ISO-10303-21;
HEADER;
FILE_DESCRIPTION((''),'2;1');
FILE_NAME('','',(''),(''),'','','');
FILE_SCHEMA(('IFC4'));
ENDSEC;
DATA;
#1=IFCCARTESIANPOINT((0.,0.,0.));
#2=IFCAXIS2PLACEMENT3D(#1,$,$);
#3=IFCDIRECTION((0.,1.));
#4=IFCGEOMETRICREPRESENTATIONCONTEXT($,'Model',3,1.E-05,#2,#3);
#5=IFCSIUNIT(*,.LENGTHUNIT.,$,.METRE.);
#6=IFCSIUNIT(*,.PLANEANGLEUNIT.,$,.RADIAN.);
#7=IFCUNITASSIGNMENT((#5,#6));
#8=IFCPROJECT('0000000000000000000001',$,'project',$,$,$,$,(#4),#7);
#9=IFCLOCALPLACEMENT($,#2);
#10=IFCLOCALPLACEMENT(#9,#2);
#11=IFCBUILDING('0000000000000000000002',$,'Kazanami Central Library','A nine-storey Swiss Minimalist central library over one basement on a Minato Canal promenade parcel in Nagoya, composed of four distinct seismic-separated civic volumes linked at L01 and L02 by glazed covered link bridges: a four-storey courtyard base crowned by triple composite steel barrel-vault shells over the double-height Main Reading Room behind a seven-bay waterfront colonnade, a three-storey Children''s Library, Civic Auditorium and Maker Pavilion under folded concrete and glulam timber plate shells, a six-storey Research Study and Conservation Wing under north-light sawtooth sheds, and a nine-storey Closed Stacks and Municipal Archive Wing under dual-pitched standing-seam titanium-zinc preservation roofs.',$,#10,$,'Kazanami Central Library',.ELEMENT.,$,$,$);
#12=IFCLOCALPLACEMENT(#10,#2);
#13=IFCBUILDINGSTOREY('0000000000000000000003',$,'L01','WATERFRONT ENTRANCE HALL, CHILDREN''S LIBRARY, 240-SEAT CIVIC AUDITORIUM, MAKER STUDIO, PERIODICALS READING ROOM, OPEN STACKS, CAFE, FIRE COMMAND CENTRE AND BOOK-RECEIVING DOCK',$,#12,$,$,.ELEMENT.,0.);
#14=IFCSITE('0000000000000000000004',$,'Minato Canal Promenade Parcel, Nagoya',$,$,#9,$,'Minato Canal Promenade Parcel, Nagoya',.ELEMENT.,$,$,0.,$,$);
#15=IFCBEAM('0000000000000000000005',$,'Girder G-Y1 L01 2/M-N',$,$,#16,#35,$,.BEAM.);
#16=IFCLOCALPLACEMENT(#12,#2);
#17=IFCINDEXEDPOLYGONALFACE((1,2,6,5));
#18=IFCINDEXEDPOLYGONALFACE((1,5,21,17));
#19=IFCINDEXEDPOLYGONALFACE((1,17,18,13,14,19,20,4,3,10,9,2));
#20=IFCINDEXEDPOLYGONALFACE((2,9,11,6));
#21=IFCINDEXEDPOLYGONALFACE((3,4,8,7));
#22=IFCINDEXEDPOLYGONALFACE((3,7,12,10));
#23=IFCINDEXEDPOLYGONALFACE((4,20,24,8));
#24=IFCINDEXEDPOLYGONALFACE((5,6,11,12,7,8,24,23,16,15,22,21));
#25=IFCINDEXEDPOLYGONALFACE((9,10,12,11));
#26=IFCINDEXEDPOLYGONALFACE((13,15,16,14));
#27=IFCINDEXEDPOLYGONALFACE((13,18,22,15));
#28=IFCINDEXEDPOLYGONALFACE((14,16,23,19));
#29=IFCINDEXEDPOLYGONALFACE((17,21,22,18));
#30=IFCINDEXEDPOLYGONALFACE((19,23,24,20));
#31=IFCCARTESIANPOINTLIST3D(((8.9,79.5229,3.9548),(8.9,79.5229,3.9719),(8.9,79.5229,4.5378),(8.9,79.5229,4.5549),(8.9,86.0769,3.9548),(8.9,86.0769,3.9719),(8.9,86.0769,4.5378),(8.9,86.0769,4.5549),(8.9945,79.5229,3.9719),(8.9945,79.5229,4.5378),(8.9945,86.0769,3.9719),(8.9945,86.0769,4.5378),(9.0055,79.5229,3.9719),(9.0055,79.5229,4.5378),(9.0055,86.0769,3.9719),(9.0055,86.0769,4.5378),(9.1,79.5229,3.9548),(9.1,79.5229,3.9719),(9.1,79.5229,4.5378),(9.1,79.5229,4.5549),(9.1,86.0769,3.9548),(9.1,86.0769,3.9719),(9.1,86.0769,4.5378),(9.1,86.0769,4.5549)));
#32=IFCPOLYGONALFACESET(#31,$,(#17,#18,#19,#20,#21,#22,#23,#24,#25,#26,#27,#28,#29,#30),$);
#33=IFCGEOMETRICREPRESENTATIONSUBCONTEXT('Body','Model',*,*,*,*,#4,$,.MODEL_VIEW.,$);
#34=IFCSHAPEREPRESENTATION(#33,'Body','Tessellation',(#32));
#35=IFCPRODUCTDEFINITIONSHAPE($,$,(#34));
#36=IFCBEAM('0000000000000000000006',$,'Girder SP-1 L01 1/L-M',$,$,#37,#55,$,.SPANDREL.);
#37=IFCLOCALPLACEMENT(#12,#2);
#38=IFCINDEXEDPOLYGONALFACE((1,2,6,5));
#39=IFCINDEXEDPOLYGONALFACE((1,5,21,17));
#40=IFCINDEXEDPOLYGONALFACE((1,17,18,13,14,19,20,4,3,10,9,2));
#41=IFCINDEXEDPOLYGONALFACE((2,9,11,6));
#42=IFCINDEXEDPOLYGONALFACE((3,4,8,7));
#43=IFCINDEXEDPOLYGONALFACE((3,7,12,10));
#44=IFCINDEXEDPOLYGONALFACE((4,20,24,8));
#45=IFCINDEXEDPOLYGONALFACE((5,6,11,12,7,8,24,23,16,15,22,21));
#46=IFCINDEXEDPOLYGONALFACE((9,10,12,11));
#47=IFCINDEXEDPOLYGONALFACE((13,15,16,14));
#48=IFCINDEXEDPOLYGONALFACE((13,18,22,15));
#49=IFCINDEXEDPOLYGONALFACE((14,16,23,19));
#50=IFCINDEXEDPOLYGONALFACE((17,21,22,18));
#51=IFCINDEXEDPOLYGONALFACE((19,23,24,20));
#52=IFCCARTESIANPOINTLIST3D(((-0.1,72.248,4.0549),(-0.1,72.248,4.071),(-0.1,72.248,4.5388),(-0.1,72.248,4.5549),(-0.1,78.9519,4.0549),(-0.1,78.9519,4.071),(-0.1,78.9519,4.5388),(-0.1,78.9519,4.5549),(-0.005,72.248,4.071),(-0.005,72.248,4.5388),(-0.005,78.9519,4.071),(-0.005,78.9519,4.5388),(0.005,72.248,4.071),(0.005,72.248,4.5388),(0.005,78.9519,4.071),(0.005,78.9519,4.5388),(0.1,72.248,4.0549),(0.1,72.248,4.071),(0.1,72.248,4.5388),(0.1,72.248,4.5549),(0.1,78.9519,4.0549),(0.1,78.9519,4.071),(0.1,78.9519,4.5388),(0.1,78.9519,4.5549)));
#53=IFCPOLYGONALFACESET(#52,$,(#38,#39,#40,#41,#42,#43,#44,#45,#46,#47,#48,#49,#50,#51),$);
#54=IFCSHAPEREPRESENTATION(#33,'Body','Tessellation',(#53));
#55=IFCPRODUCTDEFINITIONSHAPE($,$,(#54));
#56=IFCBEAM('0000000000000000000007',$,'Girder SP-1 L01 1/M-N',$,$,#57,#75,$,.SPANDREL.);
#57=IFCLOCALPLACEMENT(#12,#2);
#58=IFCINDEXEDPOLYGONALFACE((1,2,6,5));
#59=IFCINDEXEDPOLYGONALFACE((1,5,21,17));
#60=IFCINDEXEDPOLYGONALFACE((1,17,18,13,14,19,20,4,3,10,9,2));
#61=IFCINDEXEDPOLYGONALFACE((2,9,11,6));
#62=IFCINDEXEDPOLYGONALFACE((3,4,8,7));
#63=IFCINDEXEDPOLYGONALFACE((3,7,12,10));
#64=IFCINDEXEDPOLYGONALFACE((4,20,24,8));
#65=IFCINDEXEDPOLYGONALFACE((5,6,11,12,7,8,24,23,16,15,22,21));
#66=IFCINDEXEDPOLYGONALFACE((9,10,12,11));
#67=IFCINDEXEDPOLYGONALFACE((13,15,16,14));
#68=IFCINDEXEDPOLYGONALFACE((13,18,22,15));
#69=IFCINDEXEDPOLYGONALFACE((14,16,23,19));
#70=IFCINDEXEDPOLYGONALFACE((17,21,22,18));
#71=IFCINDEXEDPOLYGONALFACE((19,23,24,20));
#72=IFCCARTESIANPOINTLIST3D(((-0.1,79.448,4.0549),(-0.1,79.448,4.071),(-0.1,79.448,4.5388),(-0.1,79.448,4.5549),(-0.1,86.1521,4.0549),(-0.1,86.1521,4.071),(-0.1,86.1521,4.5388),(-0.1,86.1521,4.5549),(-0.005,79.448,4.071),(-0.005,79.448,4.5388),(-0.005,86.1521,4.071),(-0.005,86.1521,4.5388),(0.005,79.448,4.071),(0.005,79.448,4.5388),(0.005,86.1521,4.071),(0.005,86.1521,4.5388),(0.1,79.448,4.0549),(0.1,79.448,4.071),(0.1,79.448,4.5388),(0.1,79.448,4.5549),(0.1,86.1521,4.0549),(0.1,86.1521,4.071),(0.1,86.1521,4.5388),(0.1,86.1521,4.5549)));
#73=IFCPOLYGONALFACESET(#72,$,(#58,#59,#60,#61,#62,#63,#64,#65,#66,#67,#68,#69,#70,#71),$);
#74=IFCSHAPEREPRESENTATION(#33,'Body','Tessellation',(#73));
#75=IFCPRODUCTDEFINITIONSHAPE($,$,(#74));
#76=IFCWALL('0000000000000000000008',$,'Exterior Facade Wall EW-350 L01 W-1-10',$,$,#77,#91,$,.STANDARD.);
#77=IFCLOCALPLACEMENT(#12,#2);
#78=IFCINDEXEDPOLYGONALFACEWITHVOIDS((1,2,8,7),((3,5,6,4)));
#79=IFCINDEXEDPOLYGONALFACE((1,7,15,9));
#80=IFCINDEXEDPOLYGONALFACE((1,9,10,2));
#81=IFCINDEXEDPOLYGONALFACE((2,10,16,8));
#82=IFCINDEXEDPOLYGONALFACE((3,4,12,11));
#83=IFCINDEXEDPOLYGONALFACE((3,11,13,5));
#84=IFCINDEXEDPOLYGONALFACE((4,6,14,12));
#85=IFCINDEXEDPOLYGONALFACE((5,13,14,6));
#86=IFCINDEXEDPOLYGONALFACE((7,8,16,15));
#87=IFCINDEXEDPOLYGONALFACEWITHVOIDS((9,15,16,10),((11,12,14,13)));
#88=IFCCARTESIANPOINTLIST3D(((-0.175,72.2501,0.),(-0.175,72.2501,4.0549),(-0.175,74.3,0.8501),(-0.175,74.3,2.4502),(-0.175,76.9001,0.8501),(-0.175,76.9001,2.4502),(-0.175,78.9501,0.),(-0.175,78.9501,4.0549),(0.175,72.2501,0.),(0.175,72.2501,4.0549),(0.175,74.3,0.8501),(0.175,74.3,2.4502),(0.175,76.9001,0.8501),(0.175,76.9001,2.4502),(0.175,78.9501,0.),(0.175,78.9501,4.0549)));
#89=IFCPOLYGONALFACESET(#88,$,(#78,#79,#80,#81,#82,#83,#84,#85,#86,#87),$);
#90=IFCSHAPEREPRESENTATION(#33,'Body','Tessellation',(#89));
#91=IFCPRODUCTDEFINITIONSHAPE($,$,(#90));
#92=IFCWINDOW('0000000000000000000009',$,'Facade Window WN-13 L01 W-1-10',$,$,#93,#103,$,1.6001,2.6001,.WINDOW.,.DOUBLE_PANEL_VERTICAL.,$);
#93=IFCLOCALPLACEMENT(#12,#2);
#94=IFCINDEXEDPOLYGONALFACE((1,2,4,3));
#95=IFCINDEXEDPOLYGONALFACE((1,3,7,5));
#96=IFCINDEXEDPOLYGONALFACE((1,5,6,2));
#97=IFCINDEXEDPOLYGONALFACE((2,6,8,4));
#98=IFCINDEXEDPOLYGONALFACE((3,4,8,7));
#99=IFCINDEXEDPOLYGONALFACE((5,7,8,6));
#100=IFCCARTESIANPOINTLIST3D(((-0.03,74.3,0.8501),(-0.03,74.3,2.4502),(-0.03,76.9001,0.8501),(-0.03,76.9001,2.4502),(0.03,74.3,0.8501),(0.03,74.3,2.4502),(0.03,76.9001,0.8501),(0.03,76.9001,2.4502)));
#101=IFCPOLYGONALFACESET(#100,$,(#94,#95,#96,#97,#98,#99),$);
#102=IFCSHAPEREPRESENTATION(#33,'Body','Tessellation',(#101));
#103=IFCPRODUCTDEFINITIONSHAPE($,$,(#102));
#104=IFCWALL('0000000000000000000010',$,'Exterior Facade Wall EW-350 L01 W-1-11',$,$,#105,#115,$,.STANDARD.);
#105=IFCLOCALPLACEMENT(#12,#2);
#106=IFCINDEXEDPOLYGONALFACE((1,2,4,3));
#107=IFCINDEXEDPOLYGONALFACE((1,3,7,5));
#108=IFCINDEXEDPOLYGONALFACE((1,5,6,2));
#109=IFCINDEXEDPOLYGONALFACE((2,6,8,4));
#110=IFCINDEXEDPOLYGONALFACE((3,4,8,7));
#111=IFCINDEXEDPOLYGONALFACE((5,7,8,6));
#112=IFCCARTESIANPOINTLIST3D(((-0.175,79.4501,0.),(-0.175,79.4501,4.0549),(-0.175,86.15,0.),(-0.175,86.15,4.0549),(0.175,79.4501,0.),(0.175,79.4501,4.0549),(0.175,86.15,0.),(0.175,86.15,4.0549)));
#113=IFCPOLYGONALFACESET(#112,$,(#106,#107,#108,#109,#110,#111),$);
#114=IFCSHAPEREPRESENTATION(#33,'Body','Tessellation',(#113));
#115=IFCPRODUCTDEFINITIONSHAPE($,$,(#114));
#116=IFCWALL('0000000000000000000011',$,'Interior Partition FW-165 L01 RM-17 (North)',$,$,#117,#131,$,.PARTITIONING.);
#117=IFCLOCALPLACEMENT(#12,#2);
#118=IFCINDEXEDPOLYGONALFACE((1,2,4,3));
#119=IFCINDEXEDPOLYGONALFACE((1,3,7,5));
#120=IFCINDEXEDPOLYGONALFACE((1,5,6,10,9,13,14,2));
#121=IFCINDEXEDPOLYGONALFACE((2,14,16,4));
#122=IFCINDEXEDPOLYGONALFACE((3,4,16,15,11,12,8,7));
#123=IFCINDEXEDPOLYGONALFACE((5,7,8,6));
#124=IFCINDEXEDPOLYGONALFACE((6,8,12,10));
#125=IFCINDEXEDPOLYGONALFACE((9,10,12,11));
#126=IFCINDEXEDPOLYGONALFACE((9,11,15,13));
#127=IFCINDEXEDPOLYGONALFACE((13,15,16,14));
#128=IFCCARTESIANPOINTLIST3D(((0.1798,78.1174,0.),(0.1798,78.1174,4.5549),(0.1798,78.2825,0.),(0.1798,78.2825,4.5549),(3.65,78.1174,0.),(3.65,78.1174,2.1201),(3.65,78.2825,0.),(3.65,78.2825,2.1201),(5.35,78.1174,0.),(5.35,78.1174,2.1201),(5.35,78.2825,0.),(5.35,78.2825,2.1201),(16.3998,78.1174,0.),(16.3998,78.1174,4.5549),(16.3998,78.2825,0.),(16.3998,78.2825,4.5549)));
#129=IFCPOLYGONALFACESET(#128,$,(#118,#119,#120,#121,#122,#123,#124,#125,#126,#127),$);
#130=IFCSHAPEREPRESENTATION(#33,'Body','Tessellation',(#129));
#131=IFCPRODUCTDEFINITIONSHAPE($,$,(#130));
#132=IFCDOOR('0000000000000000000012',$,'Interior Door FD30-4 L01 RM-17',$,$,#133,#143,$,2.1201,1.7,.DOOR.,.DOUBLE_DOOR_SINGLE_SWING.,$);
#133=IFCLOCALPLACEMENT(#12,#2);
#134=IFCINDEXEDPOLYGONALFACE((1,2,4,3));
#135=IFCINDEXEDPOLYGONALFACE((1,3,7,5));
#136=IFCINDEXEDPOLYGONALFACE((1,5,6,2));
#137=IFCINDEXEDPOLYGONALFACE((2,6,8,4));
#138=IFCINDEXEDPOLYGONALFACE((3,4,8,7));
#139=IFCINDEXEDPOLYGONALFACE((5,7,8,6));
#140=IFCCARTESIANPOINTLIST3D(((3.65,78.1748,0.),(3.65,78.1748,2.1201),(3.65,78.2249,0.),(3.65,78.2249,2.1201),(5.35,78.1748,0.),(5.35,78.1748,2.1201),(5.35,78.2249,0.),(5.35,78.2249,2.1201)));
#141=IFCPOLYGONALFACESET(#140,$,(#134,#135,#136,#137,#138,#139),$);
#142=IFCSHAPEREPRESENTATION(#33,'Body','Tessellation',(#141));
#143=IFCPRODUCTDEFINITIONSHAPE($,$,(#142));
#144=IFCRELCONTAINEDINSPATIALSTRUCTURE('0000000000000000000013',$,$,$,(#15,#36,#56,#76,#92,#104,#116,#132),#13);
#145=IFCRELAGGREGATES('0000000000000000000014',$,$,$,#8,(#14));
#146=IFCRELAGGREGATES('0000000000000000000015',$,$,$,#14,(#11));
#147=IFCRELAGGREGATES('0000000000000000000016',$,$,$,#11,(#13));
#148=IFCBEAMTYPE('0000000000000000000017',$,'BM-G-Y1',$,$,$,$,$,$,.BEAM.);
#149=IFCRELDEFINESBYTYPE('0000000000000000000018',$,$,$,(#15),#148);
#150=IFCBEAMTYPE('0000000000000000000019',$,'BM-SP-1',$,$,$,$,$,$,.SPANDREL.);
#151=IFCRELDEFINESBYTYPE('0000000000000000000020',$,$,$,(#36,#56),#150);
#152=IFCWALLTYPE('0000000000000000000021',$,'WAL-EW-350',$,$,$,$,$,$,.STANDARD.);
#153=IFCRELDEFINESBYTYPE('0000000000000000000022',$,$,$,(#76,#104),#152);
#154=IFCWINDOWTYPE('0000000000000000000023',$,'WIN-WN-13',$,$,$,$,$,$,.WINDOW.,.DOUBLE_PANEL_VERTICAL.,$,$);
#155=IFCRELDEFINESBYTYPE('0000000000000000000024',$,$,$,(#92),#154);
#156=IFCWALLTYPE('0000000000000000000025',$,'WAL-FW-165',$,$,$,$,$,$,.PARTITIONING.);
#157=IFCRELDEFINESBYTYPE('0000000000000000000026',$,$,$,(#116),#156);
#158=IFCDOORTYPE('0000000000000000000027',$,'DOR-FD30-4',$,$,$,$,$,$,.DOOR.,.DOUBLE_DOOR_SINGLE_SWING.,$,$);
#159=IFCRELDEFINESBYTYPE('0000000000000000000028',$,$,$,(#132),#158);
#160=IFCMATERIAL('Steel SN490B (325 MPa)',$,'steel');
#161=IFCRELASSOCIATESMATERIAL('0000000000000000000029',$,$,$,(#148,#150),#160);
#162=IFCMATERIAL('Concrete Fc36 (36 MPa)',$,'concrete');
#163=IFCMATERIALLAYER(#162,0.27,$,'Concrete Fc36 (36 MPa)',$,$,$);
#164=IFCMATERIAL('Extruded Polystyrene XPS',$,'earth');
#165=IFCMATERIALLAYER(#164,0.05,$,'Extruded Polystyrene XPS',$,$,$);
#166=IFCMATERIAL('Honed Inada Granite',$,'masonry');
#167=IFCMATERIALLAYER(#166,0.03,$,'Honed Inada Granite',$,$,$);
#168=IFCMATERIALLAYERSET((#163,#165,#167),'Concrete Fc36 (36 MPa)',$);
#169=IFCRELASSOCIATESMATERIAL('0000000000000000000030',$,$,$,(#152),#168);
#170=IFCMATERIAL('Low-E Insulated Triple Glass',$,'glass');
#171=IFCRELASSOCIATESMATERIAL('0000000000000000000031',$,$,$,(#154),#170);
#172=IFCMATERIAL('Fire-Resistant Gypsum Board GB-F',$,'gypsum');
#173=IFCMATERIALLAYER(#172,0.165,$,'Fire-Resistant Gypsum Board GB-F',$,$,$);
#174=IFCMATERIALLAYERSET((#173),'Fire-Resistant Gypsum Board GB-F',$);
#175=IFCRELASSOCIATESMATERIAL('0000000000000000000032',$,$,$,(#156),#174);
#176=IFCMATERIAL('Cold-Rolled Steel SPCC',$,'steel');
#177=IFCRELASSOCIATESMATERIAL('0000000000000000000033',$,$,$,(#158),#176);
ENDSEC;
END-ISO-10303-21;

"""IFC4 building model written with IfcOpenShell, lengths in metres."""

from ifc_helpers import new_model, si_unit, direction, frame, frame_2d, origin, origin_2d, place, context, subcontext, project, spatial, rectangle, i_section, extrude, material, layer, layer_set, material_profile, profile_set, type_object, element, fill, save


model = new_model("IFC4")

# Units and contexts
model_context = context("Model", 3, precision=1e-05, world=origin(), true_north=direction((0.0, 1.0)))
body_context = subcontext(model_context, "Body", "Model", "MODEL_VIEW")
ifc_project = project(units=[si_unit("LENGTHUNIT", "METRE"), si_unit("PLANEANGLEUNIT", "RADIAN")], contexts=[model_context])

# Site, building, storey
site_placement = place(None, origin())
site = spatial("IfcSite", under=ifc_project, at=site_placement, Name="Minato Canal Promenade Parcel, Nagoya", LongName="Minato Canal Promenade Parcel, Nagoya", CompositionType="ELEMENT", RefElevation=0.0)
building_placement = place(site_placement, origin())
building = spatial("IfcBuilding", under=site, at=building_placement, Name="Kazanami Central Library", Description="A nine-storey Swiss Minimalist central library over one basement on a Minato Canal promenade parcel in Nagoya, composed of four distinct seismic-separated civic volumes linked at L01 and L02 by glazed covered link bridges: a four-storey courtyard base crowned by triple composite steel barrel-vault shells over the double-height Main Reading Room behind a seven-bay waterfront colonnade, a three-storey Children's Library, Civic Auditorium and Maker Pavilion under folded concrete and glulam timber plate shells, a six-storey Research Study and Conservation Wing under north-light sawtooth sheds, and a nine-storey Closed Stacks and Municipal Archive Wing under dual-pitched standing-seam titanium-zinc preservation roofs.", LongName="Kazanami Central Library", CompositionType="ELEMENT")
storey_placement = place(building_placement, origin())
storey = spatial("IfcBuildingStorey", under=building, at=storey_placement, Name="L01", Description="WATERFRONT ENTRANCE HALL, CHILDREN'S LIBRARY, 240-SEAT CIVIC AUDITORIUM, MAKER STUDIO, PERIODICALS READING ROOM, OPEN STACKS, CAFE, FIRE COMMAND CENTRE AND BOOK-RECEIVING DOCK", CompositionType="ELEMENT", Elevation=0.0)

# Beams
ifc_material_1 = material(Name="Steel SN490B (325 MPa)", Category="steel")
ifc_material_profile_1 = material_profile(ifc_material_1, i_section(OverallWidth=0.2, OverallDepth=0.6001, WebThickness=0.011, FlangeThickness=0.0171, at=origin_2d()), Name="H-600x200x11x17")
ifc_profile_set_1 = profile_set([ifc_material_profile_1], Name="Steel SN490B (325 MPa)")
beam_type_1 = type_object("IfcBeamType", Name="BM-G-Y1", PredefinedType="BEAM", material=ifc_profile_set_1)
for number, where, z_axis, x_axis, name in (
    (1, (9.0, 79.5229, 4.2549), (0.0, 1.0, 0.0), (-1.0, 0.0, 0.0), "Girder G-Y1 L01 2/M-N"),
):
    element("IfcBeam", number, at=place(storey_placement, frame(where, z_axis=z_axis, x_axis=x_axis)), inside=storey, type_object=beam_type_1, Name=name, PredefinedType="BEAM", context=body_context, shape_type="SweptSolid", body=[
        extrude(i_section(OverallWidth=0.2, OverallDepth=0.6001, WebThickness=0.011, FlangeThickness=0.0171, at=origin_2d()), origin(), (0.0, 0.0, 1.0), 6.554),
    ])
ifc_material_profile_2 = material_profile(ifc_material_1, i_section(OverallWidth=0.2, OverallDepth=0.5, WebThickness=0.01, FlangeThickness=0.0161, at=origin_2d()), Name="H-500x200x10x16")
ifc_profile_set_2 = profile_set([ifc_material_profile_2], Name="Steel SN490B (325 MPa)")
beam_type_2 = type_object("IfcBeamType", Name="BM-SP-1", PredefinedType="SPANDREL", material=ifc_profile_set_2)
beam_1_placement = place(storey_placement, frame((0.0, 72.248, 4.3049), z_axis=(0.0, 1.0, 0.0), x_axis=(-1.0, 0.0, 0.0)))
element("IfcBeam", 2, at=beam_1_placement, inside=storey, type_object=beam_type_2, Name="Girder SP-1 L01 1/L-M", PredefinedType="SPANDREL", context=body_context, shape_type="SweptSolid", body=[
    extrude(i_section(OverallWidth=0.2, OverallDepth=0.5, WebThickness=0.01, FlangeThickness=0.0161, at=origin_2d()), origin(), (0.0, 0.0, 1.0), 6.7039),
])
beam_2_placement = place(storey_placement, frame((0.0, 79.448, 4.3049), z_axis=(0.0, 1.0, 0.0), x_axis=(-1.0, 0.0, 0.0)))
element("IfcBeam", 3, at=beam_2_placement, inside=storey, type_object=beam_type_2, Name="Girder SP-1 L01 1/M-N", PredefinedType="SPANDREL", context=body_context, shape_type="SweptSolid", body=[
    extrude(i_section(OverallWidth=0.2, OverallDepth=0.5, WebThickness=0.01, FlangeThickness=0.0161, at=origin_2d()), origin(), (0.0, 0.0, 1.0), 6.7041),
])

# Wall, opening, window
ifc_material_2 = material(Name="Concrete Fc36 (36 MPa)", Category="concrete")
ifc_layer_1 = layer(ifc_material_2, 0.27, Name="Concrete Fc36 (36 MPa)")
ifc_material_3 = material(Name="Extruded Polystyrene XPS", Category="earth")
ifc_layer_2 = layer(ifc_material_3, 0.05, Name="Extruded Polystyrene XPS")
ifc_material_4 = material(Name="Honed Inada Granite", Category="masonry")
ifc_layer_3 = layer(ifc_material_4, 0.03, Name="Honed Inada Granite")
ifc_layer_set_1 = layer_set([ifc_layer_1, ifc_layer_2, ifc_layer_3], Name="Concrete Fc36 (36 MPa)")
wall_type_1 = type_object("IfcWallType", Name="WAL-EW-350", PredefinedType="STANDARD", material=ifc_layer_set_1)
wall_1_placement = place(storey_placement, frame((0.0, 72.25, 0.0), z_axis=(0.0, 0.0, 1.0), x_axis=(0.0, 1.0, 0.0)))
wall_1 = element("IfcWall", 4, at=wall_1_placement, inside=storey, type_object=wall_type_1, Name="Exterior Facade Wall EW-350 L01 W-1-10", PredefinedType="STANDARD", context=body_context, shape_type="SweptSolid", body=[
    extrude(rectangle(XDim=6.7, YDim=0.3501, at=frame_2d((3.3501, 0.0))), origin(), (0.0, 0.0, 1.0), 4.0549),
])
opening_1_placement = place(wall_1_placement, frame((2.05, 0.0, 0.8501)))
opening_1 = element("IfcOpeningElement", 5, at=opening_1_placement, cuts=wall_1, PredefinedType="OPENING", context=body_context, shape_type="SweptSolid", body=[
    extrude(rectangle(XDim=2.6001, YDim=1.6001, at=frame_2d((1.3, 0.8))), frame((0.0, 0.187, 0.0), z_axis=(0.0, -1.0, 0.0), x_axis=(1.0, 0.0, 0.0)), (0.0, 0.0, 1.0), 0.374),
])
ifc_material_5 = material(Name="Low-E Insulated Triple Glass", Category="glass")
window_type = type_object("IfcWindowType", Name="WIN-WN-13", PartitioningType="DOUBLE_PANEL_VERTICAL", PredefinedType="WINDOW", material=ifc_material_5)
window_placement = place(opening_1_placement, origin())
window = element("IfcWindow", 6, at=window_placement, inside=storey, type_object=window_type, Name="Facade Window WN-13 L01 W-1-10", OverallHeight=1.6001, OverallWidth=2.6001, PartitioningType="DOUBLE_PANEL_VERTICAL", PredefinedType="WINDOW", context=body_context, shape_type="SweptSolid", body=[
    extrude(rectangle(XDim=2.6001, YDim=1.6001, at=frame_2d((1.3, 0.8))), frame((0.0, 0.03, 0.0), z_axis=(0.0, -1.0, 0.0), x_axis=(1.0, 0.0, 0.0)), (0.0, 0.0, 1.0), 0.0601),
])
fill(opening_1, window)

# Wall
wall_2_placement = place(storey_placement, frame((0.0, 79.45, 0.0), z_axis=(0.0, 0.0, 1.0), x_axis=(0.0, 1.0, 0.0)))
element("IfcWall", 7, at=wall_2_placement, inside=storey, type_object=wall_type_1, Name="Exterior Facade Wall EW-350 L01 W-1-11", PredefinedType="STANDARD", context=body_context, shape_type="SweptSolid", body=[
    extrude(rectangle(XDim=6.7, YDim=0.3501, at=frame_2d((3.3501, 0.0))), origin(), (0.0, 0.0, 1.0), 4.0549),
])

# Wall, opening, door
ifc_material_6 = material(Name="Fire-Resistant Gypsum Board GB-F", Category="gypsum")
ifc_layer_4 = layer(ifc_material_6, 0.165, Name="Fire-Resistant Gypsum Board GB-F")
ifc_layer_set_2 = layer_set([ifc_layer_4], Name="Fire-Resistant Gypsum Board GB-F")
wall_type_2 = type_object("IfcWallType", Name="WAL-FW-165", PredefinedType="PARTITIONING", material=ifc_layer_set_2)
wall_3_placement = place(storey_placement, frame((0.1799, 78.2, 0.0), z_axis=(0.0, 0.0, 1.0), x_axis=(1.0, 0.0, 0.0)))
wall_3 = element("IfcWall", 8, at=wall_3_placement, inside=storey, type_object=wall_type_2, Name="Interior Partition FW-165 L01 RM-17 (North)", PredefinedType="PARTITIONING", context=body_context, shape_type="SweptSolid", body=[
    extrude(rectangle(XDim=16.22, YDim=0.165, at=frame_2d((8.1099, 0.0))), origin(), (0.0, 0.0, 1.0), 4.5549),
])
opening_2_placement = place(wall_3_placement, frame((3.47, 0.0, 0.0)))
opening_2 = element("IfcOpeningElement", 9, at=opening_2_placement, cuts=wall_3, PredefinedType="OPENING", context=body_context, shape_type="SweptSolid", body=[
    extrude(rectangle(XDim=1.7, YDim=2.1201, at=frame_2d((0.8501, 1.0601))), frame((0.0, 0.0945, 0.0), z_axis=(0.0, -1.0, 0.0), x_axis=(1.0, 0.0, 0.0)), (0.0, 0.0, 1.0), 0.189),
])
ifc_material_7 = material(Name="Cold-Rolled Steel SPCC", Category="steel")
door_type_1 = type_object("IfcDoorType", Name="DOR-FD30-4", OperationType="DOUBLE_DOOR_SINGLE_SWING", PredefinedType="DOOR", material=ifc_material_7)
door_1_placement = place(opening_2_placement, origin())
door_1 = element("IfcDoor", 10, at=door_1_placement, inside=storey, type_object=door_type_1, Name="Interior Door FD30-4 L01 RM-17", OperationType="DOUBLE_DOOR_SINGLE_SWING", OverallHeight=2.1201, OverallWidth=1.7, PredefinedType="DOOR", context=body_context, shape_type="SweptSolid", body=[
    extrude(rectangle(XDim=1.7, YDim=2.1201, at=frame_2d((0.8501, 1.0601))), frame((0.0, 0.0249, 0.0), z_axis=(0.0, -1.0, 0.0), x_axis=(1.0, 0.0, 0.0)), (0.0, 0.0, 1.0), 0.05),
])
fill(opening_2, door_1)

save(model, "model.ifc")
